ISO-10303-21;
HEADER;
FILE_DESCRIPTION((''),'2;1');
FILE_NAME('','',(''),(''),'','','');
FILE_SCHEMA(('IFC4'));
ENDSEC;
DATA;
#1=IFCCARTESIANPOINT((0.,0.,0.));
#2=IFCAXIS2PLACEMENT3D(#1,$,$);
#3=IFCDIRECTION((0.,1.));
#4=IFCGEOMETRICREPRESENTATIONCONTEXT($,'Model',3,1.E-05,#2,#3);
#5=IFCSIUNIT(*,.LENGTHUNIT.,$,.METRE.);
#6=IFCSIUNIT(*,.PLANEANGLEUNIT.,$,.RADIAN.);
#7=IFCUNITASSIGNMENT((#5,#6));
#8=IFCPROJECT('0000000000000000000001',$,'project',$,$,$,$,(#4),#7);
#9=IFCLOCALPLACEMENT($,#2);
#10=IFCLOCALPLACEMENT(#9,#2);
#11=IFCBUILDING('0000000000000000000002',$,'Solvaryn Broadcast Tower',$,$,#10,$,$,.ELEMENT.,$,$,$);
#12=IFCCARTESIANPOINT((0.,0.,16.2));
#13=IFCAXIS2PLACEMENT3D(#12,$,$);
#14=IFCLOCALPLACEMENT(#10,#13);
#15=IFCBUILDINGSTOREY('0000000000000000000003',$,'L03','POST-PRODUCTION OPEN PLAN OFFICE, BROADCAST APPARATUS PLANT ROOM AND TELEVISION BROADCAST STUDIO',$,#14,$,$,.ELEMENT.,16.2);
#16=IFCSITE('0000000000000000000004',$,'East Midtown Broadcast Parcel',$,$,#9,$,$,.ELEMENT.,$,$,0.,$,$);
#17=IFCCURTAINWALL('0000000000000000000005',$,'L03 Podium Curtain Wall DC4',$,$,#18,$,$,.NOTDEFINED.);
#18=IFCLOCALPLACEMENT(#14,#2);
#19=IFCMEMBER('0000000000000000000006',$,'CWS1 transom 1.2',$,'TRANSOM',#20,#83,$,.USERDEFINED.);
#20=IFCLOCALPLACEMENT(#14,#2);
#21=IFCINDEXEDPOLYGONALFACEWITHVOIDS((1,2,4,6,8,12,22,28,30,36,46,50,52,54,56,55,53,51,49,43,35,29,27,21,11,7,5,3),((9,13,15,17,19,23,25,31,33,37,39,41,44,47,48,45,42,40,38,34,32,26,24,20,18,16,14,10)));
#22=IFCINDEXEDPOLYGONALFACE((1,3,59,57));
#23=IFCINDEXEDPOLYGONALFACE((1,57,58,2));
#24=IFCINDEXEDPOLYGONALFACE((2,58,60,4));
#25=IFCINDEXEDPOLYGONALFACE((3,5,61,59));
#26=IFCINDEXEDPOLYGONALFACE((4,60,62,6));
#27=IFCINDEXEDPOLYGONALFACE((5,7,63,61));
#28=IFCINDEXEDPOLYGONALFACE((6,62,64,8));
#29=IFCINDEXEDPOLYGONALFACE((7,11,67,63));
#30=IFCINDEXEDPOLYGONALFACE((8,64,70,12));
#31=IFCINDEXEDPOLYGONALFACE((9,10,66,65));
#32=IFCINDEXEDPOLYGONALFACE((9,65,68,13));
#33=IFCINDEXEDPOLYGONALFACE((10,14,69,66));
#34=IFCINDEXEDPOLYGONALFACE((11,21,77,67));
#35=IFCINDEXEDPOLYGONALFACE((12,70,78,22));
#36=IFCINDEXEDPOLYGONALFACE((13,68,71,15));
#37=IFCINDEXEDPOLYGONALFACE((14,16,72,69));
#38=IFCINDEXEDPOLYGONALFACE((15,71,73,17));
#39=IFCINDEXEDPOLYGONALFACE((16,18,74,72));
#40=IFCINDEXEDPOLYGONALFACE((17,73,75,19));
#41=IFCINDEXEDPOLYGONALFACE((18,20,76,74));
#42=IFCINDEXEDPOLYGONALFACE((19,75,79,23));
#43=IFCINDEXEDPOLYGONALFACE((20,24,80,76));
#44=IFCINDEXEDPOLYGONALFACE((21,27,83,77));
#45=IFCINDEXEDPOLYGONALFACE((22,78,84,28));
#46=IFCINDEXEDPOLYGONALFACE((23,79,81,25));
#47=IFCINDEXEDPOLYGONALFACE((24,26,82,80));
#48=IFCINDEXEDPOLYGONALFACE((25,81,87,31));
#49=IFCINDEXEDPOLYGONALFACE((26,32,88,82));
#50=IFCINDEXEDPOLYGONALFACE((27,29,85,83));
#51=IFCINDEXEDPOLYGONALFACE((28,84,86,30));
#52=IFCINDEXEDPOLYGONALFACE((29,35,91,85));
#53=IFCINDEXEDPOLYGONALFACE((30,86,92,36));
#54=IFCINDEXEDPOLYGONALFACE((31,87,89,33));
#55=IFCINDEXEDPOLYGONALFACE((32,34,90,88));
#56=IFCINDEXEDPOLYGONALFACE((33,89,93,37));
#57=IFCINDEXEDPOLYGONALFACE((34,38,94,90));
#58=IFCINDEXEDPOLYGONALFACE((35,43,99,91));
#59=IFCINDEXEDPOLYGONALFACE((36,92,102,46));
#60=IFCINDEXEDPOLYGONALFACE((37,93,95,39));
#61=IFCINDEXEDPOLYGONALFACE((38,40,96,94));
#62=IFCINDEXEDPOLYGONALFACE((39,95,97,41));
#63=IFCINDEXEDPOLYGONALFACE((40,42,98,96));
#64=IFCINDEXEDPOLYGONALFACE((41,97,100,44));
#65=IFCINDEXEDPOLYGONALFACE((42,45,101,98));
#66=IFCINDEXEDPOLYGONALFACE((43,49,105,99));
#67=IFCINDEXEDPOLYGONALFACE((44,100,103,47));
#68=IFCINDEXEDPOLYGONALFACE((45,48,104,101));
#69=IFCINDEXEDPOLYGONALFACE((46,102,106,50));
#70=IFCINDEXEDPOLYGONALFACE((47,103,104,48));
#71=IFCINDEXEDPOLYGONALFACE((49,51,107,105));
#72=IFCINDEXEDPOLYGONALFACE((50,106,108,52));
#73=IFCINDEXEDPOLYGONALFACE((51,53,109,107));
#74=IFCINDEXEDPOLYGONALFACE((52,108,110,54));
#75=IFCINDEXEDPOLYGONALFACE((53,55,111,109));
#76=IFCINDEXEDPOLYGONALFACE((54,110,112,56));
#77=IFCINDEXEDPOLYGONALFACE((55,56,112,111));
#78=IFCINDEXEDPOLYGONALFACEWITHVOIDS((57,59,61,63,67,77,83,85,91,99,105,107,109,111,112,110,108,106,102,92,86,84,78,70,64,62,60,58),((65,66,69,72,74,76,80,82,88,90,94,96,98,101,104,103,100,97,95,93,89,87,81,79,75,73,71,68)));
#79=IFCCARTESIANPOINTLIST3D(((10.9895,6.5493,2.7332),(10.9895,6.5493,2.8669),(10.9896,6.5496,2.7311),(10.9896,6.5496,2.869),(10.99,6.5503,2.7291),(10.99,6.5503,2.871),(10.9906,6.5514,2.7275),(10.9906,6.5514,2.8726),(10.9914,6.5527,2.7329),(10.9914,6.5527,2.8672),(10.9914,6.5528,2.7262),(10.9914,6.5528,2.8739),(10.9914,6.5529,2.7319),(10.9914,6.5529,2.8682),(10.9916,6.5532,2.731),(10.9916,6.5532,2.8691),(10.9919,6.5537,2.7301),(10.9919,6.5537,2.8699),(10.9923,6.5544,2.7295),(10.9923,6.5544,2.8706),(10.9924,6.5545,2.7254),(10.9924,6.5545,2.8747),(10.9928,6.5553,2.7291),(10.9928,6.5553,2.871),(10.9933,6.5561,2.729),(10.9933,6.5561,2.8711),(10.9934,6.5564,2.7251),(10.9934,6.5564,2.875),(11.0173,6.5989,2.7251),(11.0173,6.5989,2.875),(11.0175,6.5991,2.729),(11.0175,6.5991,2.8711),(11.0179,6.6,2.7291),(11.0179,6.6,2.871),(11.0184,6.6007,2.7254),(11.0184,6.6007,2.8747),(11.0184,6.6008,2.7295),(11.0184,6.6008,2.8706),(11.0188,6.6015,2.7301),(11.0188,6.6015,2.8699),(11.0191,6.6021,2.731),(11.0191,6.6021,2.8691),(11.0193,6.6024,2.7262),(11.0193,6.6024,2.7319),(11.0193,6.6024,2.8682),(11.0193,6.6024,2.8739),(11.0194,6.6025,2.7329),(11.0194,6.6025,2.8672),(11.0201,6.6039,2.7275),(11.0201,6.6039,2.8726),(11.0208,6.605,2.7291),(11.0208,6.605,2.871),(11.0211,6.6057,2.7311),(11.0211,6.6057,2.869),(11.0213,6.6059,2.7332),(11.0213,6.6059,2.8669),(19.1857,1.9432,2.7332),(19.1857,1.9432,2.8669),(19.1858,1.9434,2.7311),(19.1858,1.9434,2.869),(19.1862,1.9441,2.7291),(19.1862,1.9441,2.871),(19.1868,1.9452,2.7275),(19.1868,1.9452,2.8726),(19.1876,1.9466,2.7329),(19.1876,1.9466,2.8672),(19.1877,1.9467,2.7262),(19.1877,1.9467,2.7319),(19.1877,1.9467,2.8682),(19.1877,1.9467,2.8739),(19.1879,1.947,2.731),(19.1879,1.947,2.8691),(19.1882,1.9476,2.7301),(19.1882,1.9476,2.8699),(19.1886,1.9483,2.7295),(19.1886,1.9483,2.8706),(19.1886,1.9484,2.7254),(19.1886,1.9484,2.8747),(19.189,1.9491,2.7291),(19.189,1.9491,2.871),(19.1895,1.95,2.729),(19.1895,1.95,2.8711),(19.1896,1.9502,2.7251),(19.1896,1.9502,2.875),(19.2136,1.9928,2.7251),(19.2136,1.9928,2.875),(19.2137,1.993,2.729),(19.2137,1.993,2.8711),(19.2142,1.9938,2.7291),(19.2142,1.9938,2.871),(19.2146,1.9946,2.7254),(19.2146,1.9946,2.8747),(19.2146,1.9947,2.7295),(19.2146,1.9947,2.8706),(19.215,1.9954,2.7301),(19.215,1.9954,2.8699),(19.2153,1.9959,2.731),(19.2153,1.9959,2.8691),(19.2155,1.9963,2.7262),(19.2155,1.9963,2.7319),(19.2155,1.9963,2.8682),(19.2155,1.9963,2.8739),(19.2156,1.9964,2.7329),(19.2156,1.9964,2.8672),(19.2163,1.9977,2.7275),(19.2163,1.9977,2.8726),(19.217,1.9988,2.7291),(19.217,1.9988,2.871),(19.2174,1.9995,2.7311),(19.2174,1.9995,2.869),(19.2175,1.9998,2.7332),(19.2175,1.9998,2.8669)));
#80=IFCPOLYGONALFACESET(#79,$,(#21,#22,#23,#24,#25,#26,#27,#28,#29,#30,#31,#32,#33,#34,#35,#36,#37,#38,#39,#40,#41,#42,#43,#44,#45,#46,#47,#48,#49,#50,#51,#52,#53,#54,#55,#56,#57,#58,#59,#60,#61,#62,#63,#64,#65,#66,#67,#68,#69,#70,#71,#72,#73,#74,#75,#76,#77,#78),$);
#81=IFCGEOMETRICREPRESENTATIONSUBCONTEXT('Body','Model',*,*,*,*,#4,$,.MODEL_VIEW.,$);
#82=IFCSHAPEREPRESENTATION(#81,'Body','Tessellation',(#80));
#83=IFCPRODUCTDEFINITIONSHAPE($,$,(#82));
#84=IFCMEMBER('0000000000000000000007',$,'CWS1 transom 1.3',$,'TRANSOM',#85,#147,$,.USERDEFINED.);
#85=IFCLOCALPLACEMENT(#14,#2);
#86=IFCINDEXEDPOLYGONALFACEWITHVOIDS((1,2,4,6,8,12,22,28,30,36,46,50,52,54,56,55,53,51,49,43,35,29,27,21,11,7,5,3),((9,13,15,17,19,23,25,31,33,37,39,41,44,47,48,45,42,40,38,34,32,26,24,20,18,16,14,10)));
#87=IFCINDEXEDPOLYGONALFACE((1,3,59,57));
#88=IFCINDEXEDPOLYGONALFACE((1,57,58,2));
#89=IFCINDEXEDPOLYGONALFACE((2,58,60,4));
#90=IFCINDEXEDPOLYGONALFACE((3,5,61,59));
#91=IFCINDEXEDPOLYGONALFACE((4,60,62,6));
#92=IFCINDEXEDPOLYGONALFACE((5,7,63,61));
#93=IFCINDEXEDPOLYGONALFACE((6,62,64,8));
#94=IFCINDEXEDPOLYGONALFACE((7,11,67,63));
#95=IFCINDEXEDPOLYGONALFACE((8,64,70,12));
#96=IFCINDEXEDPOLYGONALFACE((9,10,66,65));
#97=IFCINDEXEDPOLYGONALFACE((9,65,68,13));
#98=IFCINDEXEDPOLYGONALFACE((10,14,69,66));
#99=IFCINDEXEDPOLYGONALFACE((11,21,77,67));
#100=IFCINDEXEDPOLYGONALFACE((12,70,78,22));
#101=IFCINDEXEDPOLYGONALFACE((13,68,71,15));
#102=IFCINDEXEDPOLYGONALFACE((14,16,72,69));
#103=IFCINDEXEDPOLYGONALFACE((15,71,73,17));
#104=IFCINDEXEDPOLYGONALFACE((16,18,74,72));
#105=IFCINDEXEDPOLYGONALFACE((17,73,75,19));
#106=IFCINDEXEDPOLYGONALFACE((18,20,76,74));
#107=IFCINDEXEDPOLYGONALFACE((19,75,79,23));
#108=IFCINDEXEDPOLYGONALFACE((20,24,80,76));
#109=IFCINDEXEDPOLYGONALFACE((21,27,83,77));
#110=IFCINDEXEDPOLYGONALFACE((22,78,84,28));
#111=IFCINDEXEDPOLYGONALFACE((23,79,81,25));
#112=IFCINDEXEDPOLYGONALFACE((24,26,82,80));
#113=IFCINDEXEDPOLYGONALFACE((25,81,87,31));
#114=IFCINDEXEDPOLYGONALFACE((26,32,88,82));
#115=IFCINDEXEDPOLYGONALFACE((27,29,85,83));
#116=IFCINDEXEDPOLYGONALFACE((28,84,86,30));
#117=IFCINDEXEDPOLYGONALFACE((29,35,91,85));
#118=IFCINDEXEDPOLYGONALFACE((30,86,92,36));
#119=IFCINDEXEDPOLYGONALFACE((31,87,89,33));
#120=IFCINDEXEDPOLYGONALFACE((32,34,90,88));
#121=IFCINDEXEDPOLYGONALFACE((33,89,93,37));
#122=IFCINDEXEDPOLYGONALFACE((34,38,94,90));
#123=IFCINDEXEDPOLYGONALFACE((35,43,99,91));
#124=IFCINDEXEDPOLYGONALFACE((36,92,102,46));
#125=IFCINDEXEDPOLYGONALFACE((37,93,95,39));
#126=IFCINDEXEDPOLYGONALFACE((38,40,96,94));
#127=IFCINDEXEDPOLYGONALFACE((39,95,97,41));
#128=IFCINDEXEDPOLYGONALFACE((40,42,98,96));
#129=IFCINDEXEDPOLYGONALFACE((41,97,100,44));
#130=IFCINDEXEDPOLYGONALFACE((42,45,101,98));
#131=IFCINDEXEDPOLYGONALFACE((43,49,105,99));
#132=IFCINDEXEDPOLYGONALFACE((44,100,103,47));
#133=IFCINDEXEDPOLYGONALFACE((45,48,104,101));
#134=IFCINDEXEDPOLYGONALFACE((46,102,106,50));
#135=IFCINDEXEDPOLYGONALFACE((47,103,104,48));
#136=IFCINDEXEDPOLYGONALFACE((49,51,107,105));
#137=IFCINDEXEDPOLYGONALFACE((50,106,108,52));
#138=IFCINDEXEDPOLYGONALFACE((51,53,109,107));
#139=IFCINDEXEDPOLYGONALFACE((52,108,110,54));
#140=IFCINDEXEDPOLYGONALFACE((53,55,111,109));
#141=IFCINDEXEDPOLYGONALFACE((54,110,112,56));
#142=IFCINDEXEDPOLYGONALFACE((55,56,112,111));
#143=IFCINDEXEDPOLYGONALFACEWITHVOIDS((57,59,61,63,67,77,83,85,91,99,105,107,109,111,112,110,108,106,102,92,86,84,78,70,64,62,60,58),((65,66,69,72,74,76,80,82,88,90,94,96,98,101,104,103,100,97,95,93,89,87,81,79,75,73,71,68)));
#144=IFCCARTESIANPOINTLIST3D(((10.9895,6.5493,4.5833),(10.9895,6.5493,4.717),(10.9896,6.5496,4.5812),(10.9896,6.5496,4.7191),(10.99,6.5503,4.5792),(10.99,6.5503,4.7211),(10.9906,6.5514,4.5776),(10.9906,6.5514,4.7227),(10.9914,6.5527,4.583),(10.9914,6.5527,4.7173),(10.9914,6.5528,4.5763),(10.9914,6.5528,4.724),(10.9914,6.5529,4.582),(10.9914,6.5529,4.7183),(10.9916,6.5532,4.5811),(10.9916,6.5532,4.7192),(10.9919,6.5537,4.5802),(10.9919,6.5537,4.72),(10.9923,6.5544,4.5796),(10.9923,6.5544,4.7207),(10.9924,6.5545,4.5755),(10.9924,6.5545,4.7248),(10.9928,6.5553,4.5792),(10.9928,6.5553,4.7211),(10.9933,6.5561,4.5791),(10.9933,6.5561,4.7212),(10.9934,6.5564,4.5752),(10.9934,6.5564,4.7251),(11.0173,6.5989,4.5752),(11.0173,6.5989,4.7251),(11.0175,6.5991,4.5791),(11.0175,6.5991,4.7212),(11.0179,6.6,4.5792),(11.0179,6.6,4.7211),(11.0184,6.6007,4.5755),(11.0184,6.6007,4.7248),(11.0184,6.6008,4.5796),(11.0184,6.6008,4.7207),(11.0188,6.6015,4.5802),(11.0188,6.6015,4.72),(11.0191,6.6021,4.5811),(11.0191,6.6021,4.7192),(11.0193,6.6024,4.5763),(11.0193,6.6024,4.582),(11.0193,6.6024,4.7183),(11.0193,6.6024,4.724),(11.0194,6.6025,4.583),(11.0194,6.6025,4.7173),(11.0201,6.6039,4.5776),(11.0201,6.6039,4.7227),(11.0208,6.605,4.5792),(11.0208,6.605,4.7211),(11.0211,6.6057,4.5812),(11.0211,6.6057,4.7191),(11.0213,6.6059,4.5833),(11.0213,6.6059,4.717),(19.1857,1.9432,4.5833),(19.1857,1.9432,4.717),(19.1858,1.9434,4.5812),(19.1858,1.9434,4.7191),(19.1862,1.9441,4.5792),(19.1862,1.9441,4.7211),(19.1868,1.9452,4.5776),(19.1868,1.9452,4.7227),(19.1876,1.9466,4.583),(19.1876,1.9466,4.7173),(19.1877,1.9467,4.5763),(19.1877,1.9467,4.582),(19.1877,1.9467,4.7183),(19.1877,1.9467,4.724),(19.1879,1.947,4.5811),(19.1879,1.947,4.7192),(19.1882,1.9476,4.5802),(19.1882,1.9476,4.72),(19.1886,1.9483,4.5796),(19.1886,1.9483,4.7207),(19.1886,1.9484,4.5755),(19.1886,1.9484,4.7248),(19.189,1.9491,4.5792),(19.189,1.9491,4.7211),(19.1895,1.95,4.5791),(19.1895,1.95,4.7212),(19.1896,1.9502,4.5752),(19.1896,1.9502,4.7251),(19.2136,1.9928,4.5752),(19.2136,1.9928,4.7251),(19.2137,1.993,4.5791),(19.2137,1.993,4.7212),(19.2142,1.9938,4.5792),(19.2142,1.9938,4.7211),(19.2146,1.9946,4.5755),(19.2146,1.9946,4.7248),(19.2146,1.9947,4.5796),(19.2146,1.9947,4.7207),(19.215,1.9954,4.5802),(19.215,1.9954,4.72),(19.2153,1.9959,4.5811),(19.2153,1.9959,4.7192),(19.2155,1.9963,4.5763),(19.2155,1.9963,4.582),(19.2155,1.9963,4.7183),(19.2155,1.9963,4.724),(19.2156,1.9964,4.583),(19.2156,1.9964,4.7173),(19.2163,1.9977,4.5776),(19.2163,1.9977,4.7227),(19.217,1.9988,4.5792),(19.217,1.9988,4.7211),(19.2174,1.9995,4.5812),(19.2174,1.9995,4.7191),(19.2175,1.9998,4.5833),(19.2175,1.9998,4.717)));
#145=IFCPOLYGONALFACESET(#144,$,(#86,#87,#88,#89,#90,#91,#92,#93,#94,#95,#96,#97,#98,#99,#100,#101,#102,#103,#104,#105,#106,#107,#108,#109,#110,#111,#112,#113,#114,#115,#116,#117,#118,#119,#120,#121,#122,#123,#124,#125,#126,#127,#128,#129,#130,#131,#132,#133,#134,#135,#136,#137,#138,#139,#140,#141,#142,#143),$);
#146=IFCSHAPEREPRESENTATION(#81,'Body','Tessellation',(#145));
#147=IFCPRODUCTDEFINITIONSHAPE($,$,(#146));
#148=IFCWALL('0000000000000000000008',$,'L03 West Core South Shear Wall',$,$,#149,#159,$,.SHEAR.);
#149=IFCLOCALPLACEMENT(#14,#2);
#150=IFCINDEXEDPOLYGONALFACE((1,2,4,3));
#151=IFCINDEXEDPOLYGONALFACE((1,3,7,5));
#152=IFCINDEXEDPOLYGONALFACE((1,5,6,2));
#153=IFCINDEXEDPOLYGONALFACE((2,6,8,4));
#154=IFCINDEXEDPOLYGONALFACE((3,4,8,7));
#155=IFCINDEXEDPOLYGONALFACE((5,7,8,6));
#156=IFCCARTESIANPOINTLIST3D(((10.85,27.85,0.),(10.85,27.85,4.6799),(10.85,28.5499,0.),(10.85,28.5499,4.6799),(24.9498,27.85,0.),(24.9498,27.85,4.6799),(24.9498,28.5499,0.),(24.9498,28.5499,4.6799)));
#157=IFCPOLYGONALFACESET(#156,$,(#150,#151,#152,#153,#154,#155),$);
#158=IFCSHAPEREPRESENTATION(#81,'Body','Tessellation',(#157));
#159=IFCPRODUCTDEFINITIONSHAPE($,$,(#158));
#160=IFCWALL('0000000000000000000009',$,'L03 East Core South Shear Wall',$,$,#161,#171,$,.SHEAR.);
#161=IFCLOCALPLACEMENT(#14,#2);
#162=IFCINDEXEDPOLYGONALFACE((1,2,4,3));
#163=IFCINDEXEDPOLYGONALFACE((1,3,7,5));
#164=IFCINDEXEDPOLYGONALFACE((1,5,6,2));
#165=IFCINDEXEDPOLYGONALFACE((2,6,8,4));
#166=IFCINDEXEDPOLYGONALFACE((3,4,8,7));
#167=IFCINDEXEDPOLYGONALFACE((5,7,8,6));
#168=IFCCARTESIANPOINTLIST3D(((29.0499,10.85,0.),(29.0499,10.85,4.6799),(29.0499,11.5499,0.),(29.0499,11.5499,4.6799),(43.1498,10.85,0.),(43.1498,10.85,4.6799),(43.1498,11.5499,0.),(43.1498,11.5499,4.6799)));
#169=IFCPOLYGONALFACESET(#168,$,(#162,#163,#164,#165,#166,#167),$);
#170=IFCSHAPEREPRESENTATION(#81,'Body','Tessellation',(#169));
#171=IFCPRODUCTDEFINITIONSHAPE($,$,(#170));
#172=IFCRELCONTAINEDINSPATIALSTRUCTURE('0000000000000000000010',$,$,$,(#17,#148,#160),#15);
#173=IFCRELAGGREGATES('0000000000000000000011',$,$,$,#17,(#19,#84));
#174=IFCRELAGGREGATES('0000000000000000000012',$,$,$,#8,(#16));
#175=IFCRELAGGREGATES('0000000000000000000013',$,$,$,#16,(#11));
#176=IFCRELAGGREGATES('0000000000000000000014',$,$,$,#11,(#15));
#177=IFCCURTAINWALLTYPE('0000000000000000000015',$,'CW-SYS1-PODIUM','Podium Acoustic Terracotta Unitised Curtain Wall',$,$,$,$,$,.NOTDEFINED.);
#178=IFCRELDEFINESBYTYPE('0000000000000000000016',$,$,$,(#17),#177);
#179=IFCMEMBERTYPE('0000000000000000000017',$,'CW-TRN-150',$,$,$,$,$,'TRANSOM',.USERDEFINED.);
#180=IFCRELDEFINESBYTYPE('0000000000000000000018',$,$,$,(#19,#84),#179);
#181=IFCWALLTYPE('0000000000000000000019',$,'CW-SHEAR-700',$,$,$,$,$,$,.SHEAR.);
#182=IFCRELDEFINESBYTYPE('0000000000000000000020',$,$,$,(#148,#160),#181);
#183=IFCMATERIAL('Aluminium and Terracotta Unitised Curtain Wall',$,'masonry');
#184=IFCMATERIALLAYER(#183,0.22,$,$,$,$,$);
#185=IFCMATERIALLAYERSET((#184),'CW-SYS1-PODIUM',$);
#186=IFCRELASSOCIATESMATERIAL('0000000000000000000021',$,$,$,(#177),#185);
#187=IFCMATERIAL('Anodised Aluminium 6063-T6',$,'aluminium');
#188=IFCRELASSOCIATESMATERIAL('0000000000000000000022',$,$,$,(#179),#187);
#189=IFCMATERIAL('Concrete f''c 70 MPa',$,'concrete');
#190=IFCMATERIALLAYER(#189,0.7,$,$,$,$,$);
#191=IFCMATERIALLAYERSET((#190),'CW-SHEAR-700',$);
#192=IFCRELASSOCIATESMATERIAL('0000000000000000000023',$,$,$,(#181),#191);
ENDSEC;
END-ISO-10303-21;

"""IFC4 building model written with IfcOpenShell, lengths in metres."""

from ifc_helpers import new_model, si_unit, direction, frame, frame_2d, origin, origin_2d, place, context, subcontext, project, spatial, rectangle, hollow_rectangle, extrude, material, layer, layer_set, material_profile, profile_set, type_object, element, aggregate, save


model = new_model("IFC4")

# Units and contexts
model_context = context("Model", 3, precision=1e-05, world=origin(), true_north=direction((0.0, 1.0)))
body_context = subcontext(model_context, "Body", "Model", "MODEL_VIEW")
ifc_project = project(units=[si_unit("LENGTHUNIT", "METRE"), si_unit("PLANEANGLEUNIT", "RADIAN")], contexts=[model_context])

# Site, building, storey
site_placement = place(None, origin())
site = spatial("IfcSite", under=ifc_project, at=site_placement, Name="East Midtown Broadcast Parcel", CompositionType="ELEMENT", RefElevation=0.0)
building_placement = place(site_placement, origin())
building = spatial("IfcBuilding", under=site, at=building_placement, Name="Solvaryn Broadcast Tower", CompositionType="ELEMENT")
storey_placement = place(building_placement, frame((0.0, 0.0, 16.2)))
storey = spatial("IfcBuildingStorey", under=building, at=storey_placement, Name="L03", Description="POST-PRODUCTION OPEN PLAN OFFICE, BROADCAST APPARATUS PLANT ROOM AND TELEVISION BROADCAST STUDIO", CompositionType="ELEMENT", Elevation=16.2)

# Shared definitions
ifc_material_1 = material(Name="Aluminium and Terracotta Unitised Curtain Wall", Category="masonry")
ifc_layer_1 = layer(ifc_material_1, 0.22)
ifc_layer_set_1 = layer_set([ifc_layer_1], Name="CW-SYS1-PODIUM")
curtain_wall_type = type_object("IfcCurtainWallType", Name="CW-SYS1-PODIUM", Description="Podium Acoustic Terracotta Unitised Curtain Wall", PredefinedType="NOTDEFINED", material=ifc_layer_set_1)

# Curtain wall, members
curtain_wall_1_placement = place(storey_placement, origin())
curtain_wall_1 = element("IfcCurtainWall", 1, at=curtain_wall_1_placement, inside=storey, type_object=curtain_wall_type, Name="L03 Podium Curtain Wall DC4", PredefinedType="NOTDEFINED")
ifc_material_2 = material(Name="Anodised Aluminium 6063-T6", Category="aluminium")
ifc_material_profile_1 = material_profile(ifc_material_2, hollow_rectangle(XDim=0.0649, YDim=0.1499, WallThickness=0.0039, InnerFilletRadius=0.0039, OuterFilletRadius=0.0081, at=origin_2d()))
ifc_profile_set_1 = profile_set([ifc_material_profile_1], Name="Anodised Aluminium 6063-T6")
member_type_1 = type_object("IfcMemberType", Name="CW-TRN-150", ElementType="TRANSOM", PredefinedType="USERDEFINED", material=ifc_profile_set_1)
member_1_placement = place(storey_placement, frame((11.0054, 6.5776, 2.8), z_axis=(0.871767, -0.489921, 0.0), x_axis=(0.489921, 0.871767, 0.0)))
member_1 = element("IfcMember", 2, at=member_1_placement, type_object=member_type_1, Name="CWS1 transom 1.2", ObjectType="TRANSOM", PredefinedType="USERDEFINED", context=body_context, shape_type="SweptSolid", body=[
    extrude(hollow_rectangle(XDim=0.0649, YDim=0.1499, WallThickness=0.0039, InnerFilletRadius=0.0039, OuterFilletRadius=0.0081, at=origin_2d()), origin(), (0.0, 0.0, 1.0), 9.4019),
])
member_2_placement = place(storey_placement, frame((11.0054, 6.5776, 4.6501), z_axis=(0.871767, -0.489921, 0.0), x_axis=(0.489921, 0.871767, 0.0)))
member_2 = element("IfcMember", 3, at=member_2_placement, type_object=member_type_1, Name="CWS1 transom 1.3", ObjectType="TRANSOM", PredefinedType="USERDEFINED", context=body_context, shape_type="SweptSolid", body=[
    extrude(hollow_rectangle(XDim=0.0649, YDim=0.1499, WallThickness=0.0039, InnerFilletRadius=0.0039, OuterFilletRadius=0.0081, at=origin_2d()), origin(), (0.0, 0.0, 1.0), 9.4019),
])
aggregate(curtain_wall_1, [member_1, member_2])

# Walls
ifc_material_3 = material(Name="Concrete f'c 70 MPa", Category="concrete")
ifc_layer_2 = layer(ifc_material_3, 0.7)
ifc_layer_set_2 = layer_set([ifc_layer_2], Name="CW-SHEAR-700")
wall_type_1 = type_object("IfcWallType", Name="CW-SHEAR-700", PredefinedType="SHEAR", material=ifc_layer_set_2)
for number, where, z_axis, x_axis, name in (
    (4, (10.8501, 28.2, 0.0), (0.0, 0.0, 1.0), (1.0, 0.0, 0.0), "L03 West Core South Shear Wall"),
    (5, (29.05, 11.2, 0.0), (0.0, 0.0, 1.0), (1.0, 0.0, 0.0), "L03 East Core South Shear Wall"),
):
    element("IfcWall", number, at=place(storey_placement, frame(where, z_axis=z_axis, x_axis=x_axis)), inside=storey, type_object=wall_type_1, Name=name, PredefinedType="SHEAR", context=body_context, shape_type="SweptSolid", body=[
        extrude(rectangle(XDim=14.0999, YDim=0.7, at=frame_2d((7.0498, 0.0))), origin(), (0.0, 0.0, 1.0), 4.6799),
    ])

save(model, "model.ifc")
